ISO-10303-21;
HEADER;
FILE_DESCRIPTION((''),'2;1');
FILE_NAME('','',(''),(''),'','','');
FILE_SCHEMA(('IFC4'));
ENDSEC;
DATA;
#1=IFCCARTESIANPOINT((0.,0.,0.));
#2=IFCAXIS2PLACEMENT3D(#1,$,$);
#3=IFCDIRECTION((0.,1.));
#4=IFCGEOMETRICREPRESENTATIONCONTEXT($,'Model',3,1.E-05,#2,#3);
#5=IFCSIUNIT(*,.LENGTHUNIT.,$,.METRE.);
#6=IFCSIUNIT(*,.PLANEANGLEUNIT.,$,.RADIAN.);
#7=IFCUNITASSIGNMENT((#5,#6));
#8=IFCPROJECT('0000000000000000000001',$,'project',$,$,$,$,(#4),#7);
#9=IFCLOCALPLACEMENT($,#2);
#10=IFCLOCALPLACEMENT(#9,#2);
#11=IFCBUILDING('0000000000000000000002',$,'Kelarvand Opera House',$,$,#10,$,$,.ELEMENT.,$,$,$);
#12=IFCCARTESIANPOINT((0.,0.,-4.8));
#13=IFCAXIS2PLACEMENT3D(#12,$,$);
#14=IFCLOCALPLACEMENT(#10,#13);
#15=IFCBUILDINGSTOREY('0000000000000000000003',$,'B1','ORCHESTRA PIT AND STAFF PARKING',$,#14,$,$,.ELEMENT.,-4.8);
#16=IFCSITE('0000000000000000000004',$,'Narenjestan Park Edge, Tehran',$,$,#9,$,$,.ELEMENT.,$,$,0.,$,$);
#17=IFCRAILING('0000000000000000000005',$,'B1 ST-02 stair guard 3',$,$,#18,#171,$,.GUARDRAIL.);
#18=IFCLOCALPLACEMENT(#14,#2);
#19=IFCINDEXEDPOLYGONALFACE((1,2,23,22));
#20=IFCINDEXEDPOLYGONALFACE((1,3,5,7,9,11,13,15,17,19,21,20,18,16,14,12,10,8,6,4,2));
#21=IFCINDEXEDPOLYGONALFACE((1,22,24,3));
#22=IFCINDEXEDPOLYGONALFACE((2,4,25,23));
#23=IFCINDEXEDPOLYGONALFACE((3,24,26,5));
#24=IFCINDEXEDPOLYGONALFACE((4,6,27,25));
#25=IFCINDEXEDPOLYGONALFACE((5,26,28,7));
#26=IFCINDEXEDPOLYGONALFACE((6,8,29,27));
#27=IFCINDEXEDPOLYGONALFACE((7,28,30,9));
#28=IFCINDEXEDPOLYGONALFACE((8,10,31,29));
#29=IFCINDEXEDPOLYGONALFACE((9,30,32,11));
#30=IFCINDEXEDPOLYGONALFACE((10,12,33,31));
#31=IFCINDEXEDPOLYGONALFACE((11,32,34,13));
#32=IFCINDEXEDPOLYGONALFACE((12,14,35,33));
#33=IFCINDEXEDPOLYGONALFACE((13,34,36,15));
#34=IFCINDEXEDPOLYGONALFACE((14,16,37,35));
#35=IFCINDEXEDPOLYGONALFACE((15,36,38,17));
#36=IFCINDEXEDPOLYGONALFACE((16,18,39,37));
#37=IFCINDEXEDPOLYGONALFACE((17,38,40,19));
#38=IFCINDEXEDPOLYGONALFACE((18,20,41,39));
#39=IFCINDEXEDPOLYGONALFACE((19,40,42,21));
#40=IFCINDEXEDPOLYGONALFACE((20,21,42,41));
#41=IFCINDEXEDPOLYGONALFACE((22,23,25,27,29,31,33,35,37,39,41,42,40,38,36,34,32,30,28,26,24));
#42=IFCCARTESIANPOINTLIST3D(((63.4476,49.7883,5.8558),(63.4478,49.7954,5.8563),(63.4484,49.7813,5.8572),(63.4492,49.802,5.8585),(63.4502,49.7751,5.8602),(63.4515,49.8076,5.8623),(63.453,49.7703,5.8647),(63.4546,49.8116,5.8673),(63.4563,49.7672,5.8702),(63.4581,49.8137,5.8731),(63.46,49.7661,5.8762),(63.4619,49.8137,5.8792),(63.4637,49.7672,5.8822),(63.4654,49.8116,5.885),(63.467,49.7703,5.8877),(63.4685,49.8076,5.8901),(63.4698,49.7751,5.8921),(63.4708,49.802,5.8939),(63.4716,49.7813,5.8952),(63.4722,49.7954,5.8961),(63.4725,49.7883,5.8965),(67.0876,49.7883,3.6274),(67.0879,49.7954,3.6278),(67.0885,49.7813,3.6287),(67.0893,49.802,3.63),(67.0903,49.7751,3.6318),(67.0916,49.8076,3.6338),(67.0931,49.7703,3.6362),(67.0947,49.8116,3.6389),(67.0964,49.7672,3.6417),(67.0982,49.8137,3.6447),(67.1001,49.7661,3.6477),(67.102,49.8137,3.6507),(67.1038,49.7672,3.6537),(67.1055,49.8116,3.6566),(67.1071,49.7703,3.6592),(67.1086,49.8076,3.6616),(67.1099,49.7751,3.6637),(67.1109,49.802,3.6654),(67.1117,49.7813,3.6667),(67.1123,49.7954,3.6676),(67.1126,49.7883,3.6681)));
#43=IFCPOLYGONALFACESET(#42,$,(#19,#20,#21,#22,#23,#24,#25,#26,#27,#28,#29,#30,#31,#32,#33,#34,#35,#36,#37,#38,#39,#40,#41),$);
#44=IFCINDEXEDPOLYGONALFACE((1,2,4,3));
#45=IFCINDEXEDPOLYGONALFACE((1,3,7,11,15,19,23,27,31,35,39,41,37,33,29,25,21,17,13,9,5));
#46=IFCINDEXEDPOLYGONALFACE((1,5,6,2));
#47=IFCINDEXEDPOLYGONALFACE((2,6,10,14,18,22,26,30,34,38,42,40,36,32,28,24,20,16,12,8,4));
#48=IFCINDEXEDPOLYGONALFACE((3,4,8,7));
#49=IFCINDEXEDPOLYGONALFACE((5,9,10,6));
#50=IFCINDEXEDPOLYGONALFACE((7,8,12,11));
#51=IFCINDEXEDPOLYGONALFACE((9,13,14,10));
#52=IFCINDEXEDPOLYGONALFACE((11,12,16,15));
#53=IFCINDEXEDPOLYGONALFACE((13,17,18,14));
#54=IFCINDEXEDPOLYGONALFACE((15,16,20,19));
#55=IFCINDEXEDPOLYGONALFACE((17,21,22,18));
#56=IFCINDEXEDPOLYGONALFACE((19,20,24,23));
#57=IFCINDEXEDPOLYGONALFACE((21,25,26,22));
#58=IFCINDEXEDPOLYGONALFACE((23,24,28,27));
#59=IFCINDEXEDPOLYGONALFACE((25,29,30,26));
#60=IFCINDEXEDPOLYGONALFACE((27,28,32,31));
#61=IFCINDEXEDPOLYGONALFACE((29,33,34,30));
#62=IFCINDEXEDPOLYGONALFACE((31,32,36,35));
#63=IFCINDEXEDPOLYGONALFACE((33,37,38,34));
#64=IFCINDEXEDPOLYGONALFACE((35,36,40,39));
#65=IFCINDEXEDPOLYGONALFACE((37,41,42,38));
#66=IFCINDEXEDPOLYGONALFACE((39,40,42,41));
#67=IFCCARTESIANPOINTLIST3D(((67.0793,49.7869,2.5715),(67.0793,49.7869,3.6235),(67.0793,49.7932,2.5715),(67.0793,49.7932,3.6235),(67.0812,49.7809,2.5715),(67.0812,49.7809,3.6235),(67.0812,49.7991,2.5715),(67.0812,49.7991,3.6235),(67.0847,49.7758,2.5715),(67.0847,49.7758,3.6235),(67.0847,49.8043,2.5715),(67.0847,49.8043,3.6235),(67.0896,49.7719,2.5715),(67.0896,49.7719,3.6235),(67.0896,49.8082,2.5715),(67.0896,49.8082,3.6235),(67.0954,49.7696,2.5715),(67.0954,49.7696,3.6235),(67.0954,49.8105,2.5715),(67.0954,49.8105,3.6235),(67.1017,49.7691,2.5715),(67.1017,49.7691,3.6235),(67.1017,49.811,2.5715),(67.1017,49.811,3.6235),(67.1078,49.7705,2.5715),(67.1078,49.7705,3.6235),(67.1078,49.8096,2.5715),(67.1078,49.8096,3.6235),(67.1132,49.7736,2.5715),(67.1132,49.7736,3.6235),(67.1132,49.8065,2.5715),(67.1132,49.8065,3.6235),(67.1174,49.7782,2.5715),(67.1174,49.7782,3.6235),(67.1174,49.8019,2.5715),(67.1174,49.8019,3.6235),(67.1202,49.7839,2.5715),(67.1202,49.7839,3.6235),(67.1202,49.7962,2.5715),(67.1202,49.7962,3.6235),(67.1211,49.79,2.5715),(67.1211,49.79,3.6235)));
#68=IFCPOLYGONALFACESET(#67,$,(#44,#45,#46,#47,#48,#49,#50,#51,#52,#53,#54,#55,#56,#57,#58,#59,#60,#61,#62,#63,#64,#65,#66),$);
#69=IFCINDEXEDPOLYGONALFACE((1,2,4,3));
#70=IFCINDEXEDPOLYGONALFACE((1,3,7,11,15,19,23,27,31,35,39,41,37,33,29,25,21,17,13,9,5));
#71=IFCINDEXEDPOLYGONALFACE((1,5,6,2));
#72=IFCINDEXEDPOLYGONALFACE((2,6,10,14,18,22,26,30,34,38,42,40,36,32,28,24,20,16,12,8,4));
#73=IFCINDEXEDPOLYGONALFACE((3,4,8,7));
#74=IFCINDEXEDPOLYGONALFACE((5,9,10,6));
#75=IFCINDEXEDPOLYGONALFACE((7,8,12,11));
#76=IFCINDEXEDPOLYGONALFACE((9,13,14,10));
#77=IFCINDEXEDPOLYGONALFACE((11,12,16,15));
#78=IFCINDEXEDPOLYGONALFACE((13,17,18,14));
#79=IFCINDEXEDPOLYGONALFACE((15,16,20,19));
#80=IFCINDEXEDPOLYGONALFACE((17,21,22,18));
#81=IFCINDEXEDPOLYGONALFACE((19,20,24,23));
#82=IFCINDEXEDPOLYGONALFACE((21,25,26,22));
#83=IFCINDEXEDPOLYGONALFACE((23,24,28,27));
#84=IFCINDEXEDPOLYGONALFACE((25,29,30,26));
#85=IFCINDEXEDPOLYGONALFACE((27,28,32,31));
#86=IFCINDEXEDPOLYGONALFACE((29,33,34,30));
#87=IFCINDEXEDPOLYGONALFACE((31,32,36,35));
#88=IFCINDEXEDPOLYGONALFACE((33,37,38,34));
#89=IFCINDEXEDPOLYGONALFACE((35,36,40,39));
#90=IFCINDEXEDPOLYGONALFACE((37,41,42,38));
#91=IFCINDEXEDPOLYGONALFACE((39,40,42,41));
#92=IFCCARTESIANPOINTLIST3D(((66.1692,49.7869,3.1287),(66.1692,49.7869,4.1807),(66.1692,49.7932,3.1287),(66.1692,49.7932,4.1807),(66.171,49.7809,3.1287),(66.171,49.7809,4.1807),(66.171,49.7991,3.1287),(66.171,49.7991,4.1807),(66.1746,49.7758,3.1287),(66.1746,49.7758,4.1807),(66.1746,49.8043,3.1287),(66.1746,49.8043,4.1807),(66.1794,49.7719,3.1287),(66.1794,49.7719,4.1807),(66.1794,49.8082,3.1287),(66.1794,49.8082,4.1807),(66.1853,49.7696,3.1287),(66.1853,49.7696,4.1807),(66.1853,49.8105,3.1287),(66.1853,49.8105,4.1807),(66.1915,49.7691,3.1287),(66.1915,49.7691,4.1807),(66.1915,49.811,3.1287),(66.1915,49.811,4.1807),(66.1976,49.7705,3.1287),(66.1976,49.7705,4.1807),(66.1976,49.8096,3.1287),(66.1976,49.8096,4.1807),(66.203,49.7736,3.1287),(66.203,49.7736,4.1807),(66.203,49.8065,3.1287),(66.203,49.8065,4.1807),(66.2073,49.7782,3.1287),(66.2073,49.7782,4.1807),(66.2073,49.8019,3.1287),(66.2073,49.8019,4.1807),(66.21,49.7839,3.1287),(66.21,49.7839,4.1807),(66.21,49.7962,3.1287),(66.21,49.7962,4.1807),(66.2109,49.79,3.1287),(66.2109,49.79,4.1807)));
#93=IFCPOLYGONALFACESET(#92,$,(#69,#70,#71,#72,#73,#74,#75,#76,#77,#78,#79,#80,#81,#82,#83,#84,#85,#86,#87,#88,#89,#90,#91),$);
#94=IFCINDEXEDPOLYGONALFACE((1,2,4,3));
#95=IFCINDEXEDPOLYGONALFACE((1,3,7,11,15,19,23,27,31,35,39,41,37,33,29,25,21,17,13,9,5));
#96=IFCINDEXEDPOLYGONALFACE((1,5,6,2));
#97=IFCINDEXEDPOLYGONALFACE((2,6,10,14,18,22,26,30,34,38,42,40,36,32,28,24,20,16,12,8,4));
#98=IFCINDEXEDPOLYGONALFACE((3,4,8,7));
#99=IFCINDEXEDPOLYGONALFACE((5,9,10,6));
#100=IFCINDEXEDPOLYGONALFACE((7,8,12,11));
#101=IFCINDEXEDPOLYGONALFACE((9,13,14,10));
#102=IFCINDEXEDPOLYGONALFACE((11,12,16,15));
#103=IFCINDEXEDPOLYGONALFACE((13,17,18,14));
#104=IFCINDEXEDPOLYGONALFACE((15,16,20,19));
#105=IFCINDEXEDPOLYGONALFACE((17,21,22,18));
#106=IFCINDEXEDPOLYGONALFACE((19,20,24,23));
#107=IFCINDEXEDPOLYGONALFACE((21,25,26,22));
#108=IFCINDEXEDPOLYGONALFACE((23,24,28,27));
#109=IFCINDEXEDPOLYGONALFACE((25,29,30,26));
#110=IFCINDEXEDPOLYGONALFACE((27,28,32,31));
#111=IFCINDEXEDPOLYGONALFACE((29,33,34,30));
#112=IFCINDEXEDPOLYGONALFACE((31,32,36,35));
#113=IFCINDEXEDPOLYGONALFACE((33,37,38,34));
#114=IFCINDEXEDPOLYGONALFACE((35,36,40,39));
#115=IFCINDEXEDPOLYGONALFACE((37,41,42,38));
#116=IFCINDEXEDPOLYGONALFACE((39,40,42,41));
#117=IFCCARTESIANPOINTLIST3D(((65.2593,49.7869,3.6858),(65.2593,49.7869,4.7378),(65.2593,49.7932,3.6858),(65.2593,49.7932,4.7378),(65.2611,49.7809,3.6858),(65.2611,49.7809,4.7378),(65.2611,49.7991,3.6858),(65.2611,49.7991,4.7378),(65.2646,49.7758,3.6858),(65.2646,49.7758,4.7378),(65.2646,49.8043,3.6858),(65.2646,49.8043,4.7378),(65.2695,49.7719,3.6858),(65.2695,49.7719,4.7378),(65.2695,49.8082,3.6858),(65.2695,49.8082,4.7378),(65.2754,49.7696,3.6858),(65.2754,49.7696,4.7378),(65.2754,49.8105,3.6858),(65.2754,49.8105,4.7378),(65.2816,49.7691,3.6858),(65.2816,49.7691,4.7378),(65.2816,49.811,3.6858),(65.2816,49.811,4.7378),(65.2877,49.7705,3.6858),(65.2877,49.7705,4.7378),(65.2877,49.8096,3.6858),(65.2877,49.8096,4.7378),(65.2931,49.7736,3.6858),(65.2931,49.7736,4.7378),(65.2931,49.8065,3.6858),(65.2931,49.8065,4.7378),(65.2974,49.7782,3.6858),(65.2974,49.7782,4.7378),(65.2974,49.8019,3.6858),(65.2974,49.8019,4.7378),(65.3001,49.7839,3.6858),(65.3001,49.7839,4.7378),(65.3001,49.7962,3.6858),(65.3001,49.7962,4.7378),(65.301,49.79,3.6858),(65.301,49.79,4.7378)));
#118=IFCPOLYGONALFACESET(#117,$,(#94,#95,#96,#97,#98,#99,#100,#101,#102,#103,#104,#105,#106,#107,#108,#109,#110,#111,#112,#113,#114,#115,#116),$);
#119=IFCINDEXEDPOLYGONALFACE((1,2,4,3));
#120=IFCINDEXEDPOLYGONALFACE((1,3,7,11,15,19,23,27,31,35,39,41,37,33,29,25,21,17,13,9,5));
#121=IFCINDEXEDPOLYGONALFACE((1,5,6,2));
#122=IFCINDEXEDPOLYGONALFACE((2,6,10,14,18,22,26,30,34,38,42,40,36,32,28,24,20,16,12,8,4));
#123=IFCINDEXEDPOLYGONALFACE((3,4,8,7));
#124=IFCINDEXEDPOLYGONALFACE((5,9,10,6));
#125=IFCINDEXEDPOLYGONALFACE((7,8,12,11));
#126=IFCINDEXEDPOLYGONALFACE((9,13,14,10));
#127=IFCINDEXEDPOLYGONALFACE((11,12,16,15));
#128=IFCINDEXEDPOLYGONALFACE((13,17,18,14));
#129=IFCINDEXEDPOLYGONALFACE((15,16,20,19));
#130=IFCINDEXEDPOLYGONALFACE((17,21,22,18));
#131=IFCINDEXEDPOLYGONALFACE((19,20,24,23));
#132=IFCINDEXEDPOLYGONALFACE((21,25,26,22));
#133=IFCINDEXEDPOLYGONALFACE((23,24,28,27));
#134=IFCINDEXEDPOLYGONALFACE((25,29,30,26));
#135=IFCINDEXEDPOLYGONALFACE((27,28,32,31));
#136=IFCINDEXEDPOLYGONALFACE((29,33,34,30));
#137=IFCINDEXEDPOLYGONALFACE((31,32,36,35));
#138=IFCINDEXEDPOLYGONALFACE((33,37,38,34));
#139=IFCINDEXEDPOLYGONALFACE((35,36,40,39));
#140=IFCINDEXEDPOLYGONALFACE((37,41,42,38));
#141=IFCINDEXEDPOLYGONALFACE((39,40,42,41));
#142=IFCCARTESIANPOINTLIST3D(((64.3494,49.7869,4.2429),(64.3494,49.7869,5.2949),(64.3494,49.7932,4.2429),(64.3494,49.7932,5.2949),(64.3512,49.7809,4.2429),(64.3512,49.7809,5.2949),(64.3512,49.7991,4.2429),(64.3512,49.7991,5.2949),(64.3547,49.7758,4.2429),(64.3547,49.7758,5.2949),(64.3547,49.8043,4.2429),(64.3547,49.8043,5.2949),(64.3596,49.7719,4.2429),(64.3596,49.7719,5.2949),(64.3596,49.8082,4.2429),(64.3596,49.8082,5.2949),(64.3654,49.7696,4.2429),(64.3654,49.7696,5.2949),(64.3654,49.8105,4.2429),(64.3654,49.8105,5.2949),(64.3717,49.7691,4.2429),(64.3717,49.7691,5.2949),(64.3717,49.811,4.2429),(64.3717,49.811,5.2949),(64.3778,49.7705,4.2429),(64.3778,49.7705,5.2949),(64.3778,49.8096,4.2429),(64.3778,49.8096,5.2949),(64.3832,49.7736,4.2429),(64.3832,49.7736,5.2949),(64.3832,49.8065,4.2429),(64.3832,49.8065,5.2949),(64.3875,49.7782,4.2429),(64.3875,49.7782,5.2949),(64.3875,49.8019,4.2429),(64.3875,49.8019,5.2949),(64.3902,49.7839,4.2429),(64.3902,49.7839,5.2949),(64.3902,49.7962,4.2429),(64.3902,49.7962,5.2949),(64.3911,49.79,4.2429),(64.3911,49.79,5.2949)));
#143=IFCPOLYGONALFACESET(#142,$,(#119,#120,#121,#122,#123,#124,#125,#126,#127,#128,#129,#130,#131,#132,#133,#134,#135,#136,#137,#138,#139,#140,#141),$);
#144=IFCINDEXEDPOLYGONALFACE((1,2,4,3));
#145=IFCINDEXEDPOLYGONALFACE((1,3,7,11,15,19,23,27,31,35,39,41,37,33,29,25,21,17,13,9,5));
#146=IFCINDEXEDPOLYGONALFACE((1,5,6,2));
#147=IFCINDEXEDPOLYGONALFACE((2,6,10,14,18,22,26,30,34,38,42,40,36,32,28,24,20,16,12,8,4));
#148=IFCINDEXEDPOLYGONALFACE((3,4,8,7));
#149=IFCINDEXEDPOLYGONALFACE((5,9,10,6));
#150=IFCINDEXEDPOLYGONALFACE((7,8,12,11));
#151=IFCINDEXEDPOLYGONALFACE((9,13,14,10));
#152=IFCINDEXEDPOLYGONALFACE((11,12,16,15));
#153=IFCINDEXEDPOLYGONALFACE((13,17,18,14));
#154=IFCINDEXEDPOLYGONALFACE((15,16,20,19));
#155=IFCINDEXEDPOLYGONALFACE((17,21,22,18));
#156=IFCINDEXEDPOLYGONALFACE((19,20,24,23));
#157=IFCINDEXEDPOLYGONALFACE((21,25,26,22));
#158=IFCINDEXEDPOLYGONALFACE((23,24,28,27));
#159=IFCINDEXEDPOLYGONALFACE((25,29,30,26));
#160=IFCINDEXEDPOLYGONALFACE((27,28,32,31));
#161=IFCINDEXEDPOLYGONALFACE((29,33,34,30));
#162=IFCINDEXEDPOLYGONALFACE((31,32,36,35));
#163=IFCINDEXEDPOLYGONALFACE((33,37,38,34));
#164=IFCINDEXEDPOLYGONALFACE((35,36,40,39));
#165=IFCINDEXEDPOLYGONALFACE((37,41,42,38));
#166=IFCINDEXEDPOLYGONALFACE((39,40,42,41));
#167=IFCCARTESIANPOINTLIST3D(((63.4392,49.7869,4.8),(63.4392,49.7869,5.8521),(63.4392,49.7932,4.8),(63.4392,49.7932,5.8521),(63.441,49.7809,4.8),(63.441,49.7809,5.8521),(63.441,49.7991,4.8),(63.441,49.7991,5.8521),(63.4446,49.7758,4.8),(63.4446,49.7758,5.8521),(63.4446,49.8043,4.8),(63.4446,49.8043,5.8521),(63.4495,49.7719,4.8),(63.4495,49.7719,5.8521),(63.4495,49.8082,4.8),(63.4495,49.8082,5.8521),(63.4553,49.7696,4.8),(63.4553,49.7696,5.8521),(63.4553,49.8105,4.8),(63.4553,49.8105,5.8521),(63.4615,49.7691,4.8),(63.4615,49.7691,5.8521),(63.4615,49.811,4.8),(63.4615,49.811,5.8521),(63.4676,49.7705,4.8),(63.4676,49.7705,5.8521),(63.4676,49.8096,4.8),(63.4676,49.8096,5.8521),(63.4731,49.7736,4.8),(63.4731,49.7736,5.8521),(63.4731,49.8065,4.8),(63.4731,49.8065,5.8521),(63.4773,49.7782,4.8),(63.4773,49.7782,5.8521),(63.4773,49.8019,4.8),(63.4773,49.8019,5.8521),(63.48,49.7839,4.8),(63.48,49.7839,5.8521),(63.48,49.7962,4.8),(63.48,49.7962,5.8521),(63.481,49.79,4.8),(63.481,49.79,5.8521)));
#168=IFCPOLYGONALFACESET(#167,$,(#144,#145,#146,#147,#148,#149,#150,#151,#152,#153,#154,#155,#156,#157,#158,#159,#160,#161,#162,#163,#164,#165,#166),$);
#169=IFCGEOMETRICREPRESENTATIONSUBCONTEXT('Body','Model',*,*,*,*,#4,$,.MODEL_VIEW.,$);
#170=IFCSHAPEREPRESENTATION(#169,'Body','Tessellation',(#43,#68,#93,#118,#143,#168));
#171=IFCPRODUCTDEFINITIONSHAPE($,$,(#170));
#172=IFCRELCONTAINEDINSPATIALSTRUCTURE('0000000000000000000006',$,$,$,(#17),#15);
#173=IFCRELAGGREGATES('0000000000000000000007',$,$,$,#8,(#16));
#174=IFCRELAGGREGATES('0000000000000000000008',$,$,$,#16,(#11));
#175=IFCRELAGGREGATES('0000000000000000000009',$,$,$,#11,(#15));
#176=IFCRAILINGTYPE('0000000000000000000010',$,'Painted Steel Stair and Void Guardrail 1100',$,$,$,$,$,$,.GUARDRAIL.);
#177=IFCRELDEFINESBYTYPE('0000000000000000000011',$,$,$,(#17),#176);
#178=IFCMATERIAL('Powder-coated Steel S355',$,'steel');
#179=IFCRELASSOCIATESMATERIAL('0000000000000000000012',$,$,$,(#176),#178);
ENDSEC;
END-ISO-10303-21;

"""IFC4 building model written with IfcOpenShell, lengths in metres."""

from ifc_helpers import new_model, si_unit, direction, frame, origin, origin_2d, place, context, subcontext, project, spatial, circle, extrude, material, type_object, element, save


model = new_model("IFC4")

# Units and contexts
model_context = context("Model", 3, precision=1e-05, world=origin(), true_north=direction((0.0, 1.0)))
body_context = subcontext(model_context, "Body", "Model", "MODEL_VIEW")
ifc_project = project(units=[si_unit("LENGTHUNIT", "METRE"), si_unit("PLANEANGLEUNIT", "RADIAN")], contexts=[model_context])

# Site, building, storey
site_placement = place(None, origin())
site = spatial("IfcSite", under=ifc_project, at=site_placement, Name="Narenjestan Park Edge, Tehran", CompositionType="ELEMENT", RefElevation=0.0)
building_placement = place(site_placement, origin())
building = spatial("IfcBuilding", under=site, at=building_placement, Name="Kelarvand Opera House", CompositionType="ELEMENT")
storey_placement = place(building_placement, frame((0.0, 0.0, -4.8)))
storey = spatial("IfcBuildingStorey", under=building, at=storey_placement, Name="B1", Description="ORCHESTRA PIT AND STAFF PARKING", CompositionType="ELEMENT", Elevation=-4.8)

# Railing
ifc_material_1 = material(Name="Powder-coated Steel S355", Category="steel")
railing_type_1 = type_object("IfcRailingType", Name="Painted Steel Stair and Void Guardrail 1100", PredefinedType="GUARDRAIL", material=ifc_material_1)
railing_1_placement = place(storey_placement, frame((67.1001, 49.79, 2.5715)))
element("IfcRailing", 1, at=railing_1_placement, inside=storey, type_object=railing_type_1, Name="B1 ST-02 stair guard 3", PredefinedType="GUARDRAIL", context=body_context, shape_type="SweptSolid", body=[
    extrude(circle(Radius=0.0239, at=origin_2d()), frame((0.0, 0.0, 1.0762), z_axis=(-0.852866, 0.0, 0.52213), x_axis=(0.0, -1.0, 0.0)), (0.0, 0.0, 1.0), 4.2681),
    extrude(circle(Radius=0.021, at=origin_2d()), origin(), (0.0, 0.0, 1.0), 1.052),
    extrude(circle(Radius=0.021, at=origin_2d()), frame((-0.9102, 0.0, 0.5571)), (0.0, 0.0, 1.0), 1.052),
    extrude(circle(Radius=0.021, at=origin_2d()), frame((-1.8201, 0.0, 1.1143)), (0.0, 0.0, 1.0), 1.052),
    extrude(circle(Radius=0.021, at=origin_2d()), frame((-2.73, 0.0, 1.6714)), (0.0, 0.0, 1.0), 1.052),
    extrude(circle(Radius=0.021, at=origin_2d()), frame((-3.6401, 0.0, 2.2285)), (0.0, 0.0, 1.0), 1.052),
])

save(model, "model.ifc")
